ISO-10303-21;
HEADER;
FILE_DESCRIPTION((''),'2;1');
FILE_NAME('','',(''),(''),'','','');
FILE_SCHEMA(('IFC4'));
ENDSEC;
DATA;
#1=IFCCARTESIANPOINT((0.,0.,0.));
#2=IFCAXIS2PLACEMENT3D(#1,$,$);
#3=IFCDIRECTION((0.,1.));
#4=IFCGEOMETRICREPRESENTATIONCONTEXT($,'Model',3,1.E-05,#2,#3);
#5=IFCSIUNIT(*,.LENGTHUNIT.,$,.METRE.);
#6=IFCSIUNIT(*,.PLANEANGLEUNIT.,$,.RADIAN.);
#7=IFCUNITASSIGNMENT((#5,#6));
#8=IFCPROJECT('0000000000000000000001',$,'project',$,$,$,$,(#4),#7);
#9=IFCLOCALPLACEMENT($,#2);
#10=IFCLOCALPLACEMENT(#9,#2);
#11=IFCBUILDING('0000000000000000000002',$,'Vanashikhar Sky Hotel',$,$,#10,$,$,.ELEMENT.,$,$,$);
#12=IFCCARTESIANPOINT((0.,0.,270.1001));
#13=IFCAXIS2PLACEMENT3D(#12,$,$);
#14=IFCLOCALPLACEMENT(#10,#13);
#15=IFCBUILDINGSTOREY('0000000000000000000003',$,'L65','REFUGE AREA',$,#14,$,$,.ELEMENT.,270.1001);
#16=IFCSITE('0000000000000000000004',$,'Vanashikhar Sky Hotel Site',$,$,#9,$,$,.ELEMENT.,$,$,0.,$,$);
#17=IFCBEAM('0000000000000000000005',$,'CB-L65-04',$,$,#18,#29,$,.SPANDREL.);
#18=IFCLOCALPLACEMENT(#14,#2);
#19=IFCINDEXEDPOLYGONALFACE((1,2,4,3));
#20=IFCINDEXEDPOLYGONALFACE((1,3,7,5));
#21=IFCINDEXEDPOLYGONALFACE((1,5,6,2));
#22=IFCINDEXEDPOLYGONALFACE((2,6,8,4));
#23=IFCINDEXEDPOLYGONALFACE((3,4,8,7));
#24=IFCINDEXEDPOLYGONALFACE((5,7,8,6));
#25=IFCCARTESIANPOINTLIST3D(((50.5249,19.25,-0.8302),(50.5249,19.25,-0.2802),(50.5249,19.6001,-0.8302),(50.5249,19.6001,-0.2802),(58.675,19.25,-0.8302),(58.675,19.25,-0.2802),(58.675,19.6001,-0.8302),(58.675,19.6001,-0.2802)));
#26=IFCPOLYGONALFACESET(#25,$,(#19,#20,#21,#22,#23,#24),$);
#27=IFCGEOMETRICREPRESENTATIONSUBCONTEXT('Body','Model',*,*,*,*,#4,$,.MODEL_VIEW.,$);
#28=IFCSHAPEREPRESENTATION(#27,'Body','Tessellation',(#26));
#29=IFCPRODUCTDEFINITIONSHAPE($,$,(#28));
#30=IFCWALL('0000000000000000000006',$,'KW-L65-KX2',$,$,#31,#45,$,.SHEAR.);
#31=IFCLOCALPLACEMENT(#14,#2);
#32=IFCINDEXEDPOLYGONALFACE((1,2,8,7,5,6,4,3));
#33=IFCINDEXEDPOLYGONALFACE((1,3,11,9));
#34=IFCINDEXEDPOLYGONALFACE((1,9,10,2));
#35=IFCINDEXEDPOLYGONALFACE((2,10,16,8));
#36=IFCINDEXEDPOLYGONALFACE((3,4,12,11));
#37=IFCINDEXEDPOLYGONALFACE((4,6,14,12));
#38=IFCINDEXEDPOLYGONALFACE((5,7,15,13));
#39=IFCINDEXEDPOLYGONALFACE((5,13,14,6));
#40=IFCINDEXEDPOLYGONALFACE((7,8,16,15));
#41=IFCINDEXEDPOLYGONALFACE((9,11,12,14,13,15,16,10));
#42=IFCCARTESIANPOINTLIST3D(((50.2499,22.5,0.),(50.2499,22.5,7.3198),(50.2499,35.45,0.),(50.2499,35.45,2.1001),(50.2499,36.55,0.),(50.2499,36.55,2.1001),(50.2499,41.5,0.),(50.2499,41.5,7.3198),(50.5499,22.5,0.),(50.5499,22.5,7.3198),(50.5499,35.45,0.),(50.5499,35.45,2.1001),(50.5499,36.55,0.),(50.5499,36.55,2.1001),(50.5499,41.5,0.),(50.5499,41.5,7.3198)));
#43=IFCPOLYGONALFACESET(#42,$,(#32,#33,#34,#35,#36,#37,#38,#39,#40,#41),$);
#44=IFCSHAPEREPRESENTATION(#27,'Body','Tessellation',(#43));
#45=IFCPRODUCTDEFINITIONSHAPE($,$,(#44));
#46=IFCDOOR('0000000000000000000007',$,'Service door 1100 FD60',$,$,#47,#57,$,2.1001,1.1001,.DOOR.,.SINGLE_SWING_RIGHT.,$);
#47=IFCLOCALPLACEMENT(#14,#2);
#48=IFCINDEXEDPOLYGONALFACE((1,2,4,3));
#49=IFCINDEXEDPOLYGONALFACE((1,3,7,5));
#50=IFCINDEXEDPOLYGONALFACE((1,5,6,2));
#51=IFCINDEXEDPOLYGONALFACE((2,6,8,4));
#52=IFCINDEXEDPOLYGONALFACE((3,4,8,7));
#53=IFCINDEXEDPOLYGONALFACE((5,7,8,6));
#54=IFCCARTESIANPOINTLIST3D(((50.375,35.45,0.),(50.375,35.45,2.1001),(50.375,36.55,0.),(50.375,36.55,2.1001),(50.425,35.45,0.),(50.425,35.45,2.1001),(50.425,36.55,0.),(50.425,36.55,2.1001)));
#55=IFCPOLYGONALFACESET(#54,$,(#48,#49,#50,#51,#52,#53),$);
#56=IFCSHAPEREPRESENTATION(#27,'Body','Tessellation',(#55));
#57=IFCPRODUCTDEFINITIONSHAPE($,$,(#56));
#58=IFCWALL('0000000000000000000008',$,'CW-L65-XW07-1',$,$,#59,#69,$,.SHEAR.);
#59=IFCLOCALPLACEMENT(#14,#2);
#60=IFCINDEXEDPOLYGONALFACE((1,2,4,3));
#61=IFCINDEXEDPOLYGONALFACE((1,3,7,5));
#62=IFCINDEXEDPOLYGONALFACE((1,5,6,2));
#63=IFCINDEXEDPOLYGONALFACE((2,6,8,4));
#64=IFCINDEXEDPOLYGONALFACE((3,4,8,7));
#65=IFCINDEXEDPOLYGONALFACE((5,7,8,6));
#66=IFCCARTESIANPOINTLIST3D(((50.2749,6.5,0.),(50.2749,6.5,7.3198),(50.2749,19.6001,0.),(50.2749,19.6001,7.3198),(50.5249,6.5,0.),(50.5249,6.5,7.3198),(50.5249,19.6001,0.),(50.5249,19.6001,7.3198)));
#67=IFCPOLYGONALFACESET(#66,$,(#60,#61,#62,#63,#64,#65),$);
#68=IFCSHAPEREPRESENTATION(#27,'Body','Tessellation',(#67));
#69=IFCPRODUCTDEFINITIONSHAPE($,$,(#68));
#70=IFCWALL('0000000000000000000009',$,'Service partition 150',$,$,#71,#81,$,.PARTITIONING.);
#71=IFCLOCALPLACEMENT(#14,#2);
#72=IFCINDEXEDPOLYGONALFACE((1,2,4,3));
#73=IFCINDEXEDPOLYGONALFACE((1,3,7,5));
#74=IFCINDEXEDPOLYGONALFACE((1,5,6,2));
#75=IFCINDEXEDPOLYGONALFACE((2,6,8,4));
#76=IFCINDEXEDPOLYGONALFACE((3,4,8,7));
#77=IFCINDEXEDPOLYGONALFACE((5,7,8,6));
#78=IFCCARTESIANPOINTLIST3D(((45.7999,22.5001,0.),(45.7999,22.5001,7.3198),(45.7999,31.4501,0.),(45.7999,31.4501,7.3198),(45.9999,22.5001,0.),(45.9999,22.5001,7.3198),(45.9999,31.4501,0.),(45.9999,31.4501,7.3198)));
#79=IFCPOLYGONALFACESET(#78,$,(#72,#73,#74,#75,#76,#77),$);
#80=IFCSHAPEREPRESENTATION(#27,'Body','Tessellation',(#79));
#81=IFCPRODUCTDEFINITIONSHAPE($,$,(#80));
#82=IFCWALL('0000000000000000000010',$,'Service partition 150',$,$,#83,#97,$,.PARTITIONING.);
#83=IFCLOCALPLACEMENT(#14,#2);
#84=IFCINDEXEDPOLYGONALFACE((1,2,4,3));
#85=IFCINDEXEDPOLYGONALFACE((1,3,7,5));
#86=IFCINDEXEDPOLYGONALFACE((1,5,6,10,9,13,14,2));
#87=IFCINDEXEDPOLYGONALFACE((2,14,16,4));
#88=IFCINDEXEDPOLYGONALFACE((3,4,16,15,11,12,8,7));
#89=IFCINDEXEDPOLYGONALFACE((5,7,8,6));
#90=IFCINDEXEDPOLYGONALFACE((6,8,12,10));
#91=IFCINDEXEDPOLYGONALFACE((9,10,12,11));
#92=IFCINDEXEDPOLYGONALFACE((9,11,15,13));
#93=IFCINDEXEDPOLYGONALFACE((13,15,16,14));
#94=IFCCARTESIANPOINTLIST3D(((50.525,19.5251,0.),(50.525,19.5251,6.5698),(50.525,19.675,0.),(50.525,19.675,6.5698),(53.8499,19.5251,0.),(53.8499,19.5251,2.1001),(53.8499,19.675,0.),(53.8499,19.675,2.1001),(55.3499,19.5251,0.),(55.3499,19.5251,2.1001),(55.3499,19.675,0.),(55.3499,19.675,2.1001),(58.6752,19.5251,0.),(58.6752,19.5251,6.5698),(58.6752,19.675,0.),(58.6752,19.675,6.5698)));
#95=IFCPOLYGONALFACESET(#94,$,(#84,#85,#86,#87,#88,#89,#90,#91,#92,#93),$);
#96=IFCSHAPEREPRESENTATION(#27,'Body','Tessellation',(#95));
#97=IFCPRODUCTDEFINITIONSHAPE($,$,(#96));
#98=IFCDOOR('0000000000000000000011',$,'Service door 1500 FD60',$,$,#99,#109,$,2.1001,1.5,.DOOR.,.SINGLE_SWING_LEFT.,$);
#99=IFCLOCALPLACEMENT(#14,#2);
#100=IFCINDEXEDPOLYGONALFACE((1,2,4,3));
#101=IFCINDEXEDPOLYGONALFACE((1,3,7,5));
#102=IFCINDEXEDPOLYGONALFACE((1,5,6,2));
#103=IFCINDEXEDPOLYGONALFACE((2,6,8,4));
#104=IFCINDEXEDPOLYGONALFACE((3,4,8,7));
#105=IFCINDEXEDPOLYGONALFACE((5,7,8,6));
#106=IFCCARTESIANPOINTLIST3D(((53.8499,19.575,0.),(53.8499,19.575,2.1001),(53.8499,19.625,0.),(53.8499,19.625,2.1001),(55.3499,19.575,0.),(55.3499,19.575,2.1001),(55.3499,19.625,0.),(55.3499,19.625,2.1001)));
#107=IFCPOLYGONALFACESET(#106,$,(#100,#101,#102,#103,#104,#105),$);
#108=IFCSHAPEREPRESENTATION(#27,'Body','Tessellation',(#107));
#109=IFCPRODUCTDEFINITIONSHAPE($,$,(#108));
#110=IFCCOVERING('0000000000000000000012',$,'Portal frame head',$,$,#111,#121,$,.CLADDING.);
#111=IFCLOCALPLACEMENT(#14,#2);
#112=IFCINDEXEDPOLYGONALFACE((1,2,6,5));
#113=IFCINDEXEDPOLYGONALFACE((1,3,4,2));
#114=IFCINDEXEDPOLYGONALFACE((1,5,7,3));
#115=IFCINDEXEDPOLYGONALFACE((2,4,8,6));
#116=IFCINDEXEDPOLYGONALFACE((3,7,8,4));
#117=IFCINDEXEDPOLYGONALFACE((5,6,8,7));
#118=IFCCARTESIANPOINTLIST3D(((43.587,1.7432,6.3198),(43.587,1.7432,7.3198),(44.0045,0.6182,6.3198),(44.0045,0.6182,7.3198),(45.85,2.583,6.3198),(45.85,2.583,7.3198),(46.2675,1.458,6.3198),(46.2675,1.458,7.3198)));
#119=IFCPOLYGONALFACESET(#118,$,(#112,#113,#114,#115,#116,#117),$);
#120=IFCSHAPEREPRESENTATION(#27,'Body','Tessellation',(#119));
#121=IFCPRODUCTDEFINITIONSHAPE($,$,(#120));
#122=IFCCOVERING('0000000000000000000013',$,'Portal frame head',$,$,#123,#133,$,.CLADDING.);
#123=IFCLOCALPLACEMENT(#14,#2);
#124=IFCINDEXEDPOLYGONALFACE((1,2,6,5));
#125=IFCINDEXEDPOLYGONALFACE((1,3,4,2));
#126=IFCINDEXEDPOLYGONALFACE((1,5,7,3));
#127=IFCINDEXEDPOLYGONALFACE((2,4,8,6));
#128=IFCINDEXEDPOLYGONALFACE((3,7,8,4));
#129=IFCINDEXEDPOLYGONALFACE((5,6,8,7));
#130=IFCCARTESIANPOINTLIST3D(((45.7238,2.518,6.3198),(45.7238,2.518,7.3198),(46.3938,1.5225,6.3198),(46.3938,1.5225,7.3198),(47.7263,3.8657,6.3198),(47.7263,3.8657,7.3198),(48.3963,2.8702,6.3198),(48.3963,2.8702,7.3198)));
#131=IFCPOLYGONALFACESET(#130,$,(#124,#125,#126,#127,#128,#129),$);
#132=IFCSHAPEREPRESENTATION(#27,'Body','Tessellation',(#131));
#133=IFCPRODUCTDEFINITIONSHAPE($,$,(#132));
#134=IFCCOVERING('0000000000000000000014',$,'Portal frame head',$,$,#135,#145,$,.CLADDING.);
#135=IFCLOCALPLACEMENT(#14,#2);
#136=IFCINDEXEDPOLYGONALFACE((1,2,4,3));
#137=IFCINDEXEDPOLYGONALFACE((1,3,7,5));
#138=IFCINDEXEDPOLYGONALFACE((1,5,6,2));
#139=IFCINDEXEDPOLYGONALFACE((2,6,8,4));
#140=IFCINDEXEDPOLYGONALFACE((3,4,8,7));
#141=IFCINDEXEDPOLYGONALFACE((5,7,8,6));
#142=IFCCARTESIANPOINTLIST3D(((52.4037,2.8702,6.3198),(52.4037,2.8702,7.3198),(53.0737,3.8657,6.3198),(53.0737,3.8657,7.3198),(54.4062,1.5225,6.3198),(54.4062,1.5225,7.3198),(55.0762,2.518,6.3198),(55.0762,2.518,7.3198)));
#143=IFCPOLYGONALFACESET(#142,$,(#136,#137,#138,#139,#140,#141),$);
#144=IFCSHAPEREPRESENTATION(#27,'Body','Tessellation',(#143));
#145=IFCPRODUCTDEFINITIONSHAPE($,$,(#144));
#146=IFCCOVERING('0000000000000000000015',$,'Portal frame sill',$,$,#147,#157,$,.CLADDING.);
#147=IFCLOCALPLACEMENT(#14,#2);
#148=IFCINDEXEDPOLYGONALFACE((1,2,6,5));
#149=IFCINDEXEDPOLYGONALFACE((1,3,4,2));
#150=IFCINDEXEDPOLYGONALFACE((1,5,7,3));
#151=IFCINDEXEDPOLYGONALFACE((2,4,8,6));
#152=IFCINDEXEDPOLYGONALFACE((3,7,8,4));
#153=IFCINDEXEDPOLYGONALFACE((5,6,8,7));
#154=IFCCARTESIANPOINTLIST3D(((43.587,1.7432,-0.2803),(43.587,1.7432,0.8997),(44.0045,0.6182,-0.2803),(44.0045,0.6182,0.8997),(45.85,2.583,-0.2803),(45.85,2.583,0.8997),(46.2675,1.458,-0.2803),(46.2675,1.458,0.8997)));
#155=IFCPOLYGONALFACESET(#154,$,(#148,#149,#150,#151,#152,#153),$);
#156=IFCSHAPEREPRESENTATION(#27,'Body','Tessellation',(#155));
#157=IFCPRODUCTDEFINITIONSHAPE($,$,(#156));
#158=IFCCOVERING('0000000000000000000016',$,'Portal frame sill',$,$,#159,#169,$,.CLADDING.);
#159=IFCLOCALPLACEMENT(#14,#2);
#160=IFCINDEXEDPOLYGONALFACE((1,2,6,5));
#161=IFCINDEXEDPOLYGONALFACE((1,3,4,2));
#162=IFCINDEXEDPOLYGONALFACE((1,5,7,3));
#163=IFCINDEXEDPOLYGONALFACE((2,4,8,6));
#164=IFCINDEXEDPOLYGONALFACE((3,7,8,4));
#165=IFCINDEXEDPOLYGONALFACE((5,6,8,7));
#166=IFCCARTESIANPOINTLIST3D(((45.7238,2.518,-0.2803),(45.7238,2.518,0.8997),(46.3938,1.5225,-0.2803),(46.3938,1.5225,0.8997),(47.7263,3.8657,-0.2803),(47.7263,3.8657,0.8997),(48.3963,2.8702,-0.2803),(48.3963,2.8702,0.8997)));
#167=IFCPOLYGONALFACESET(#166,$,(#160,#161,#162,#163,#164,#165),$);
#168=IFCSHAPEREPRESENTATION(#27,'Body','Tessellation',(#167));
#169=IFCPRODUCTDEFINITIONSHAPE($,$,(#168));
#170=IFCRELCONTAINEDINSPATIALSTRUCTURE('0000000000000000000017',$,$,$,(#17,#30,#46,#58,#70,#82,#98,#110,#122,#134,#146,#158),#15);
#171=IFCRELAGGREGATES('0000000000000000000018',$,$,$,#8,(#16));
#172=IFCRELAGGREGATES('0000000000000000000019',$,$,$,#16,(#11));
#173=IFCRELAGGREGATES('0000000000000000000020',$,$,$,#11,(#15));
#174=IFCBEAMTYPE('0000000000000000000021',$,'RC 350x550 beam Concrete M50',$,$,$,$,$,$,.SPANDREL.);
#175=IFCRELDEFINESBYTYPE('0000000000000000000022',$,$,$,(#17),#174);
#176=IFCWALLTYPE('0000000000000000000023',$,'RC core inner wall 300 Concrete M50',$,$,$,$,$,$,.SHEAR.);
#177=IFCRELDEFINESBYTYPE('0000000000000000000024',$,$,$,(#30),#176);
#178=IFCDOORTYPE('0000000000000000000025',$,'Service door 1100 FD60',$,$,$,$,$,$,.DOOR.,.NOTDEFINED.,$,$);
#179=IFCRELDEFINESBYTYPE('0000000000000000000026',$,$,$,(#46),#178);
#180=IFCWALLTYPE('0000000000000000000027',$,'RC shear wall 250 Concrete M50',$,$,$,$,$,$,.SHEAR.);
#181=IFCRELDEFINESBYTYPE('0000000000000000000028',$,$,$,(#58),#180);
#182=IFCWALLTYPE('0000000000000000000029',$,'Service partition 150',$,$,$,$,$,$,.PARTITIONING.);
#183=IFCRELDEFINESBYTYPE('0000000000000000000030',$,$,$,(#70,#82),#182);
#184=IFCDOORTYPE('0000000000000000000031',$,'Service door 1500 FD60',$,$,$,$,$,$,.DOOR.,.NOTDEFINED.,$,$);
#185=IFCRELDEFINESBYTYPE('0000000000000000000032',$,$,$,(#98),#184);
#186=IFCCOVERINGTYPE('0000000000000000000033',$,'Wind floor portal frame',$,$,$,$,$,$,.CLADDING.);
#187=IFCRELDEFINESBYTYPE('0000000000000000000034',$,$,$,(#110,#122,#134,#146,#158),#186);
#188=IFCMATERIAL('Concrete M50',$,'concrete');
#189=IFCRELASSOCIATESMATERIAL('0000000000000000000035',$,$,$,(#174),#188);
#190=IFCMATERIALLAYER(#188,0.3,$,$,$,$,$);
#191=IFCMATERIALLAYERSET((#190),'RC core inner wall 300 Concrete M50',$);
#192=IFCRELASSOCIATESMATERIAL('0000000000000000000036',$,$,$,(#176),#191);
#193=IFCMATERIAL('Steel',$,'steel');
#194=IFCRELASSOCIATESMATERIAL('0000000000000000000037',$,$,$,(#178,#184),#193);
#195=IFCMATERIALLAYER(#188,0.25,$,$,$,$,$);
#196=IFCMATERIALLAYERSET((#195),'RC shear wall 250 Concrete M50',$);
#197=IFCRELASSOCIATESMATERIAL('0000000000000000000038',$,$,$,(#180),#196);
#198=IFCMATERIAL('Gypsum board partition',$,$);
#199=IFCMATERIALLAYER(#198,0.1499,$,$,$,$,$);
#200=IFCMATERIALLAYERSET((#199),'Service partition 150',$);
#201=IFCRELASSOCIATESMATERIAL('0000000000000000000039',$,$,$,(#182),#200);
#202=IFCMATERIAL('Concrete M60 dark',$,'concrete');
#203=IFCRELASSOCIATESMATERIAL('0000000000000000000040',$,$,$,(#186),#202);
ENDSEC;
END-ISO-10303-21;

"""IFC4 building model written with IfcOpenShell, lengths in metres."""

from ifc_helpers import new_model, si_unit, direction, frame, frame_2d, origin, origin_2d, place, context, subcontext, project, spatial, rectangle, extrude, source, transform, mapped, material, layer, layer_set, material_profile, profile_set, type_object, element, fill, save


model = new_model("IFC4")

# Units and contexts
model_context = context("Model", 3, precision=1e-05, world=origin(), true_north=direction((0.0, 1.0)))
body_context = subcontext(model_context, "Body", "Model", "MODEL_VIEW")
ifc_project = project(units=[si_unit("LENGTHUNIT", "METRE"), si_unit("PLANEANGLEUNIT", "RADIAN")], contexts=[model_context])

# Site, building, storey
site_placement = place(None, origin())
site = spatial("IfcSite", under=ifc_project, at=site_placement, Name="Vanashikhar Sky Hotel Site", CompositionType="ELEMENT", RefElevation=0.0)
building_placement = place(site_placement, origin())
building = spatial("IfcBuilding", under=site, at=building_placement, Name="Vanashikhar Sky Hotel", CompositionType="ELEMENT")
storey_placement = place(building_placement, frame((0.0, 0.0, 270.1001)))
storey = spatial("IfcBuildingStorey", under=building, at=storey_placement, Name="L65", Description="REFUGE AREA", CompositionType="ELEMENT", Elevation=270.1001)

# Beam
ifc_material_1 = material(Name="Concrete M50", Category="concrete")
ifc_material_profile = material_profile(ifc_material_1, rectangle(XDim=0.3501, YDim=0.55, at=origin_2d()))
ifc_profile_set = profile_set([ifc_material_profile], Name="RC 350x550 beam Concrete M50")
beam_type = type_object("IfcBeamType", Name="RC 350x550 beam Concrete M50", PredefinedType="SPANDREL", material=ifc_profile_set)
shared_shape_1 = source(origin(), body_context, "Body", "SweptSolid", [
    extrude(rectangle(XDim=0.3501, YDim=0.55, at=origin_2d()), origin(), (0.0, 0.0, 1.0), 8.1501),
])
beam_placement = place(storey_placement, frame((50.5249, 19.425, -0.5552), z_axis=(1.0, 0.0, 0.0), x_axis=(0.0, 1.0, 0.0)))
element("IfcBeam", 1, at=beam_placement, inside=storey, type_object=beam_type, Name="CB-L65-04", PredefinedType="SPANDREL", context=body_context, shape_type="MappedRepresentation", body=[
    mapped(shared_shape_1, transform((0.0, 0.0, 0.0), scale=1.0)),
])

# Wall, opening, door
ifc_layer_1 = layer(ifc_material_1, 0.3)
ifc_layer_set_1 = layer_set([ifc_layer_1], Name="RC core inner wall 300 Concrete M50")
wall_type_1 = type_object("IfcWallType", Name="RC core inner wall 300 Concrete M50", PredefinedType="SHEAR", material=ifc_layer_set_1)
shared_shape_2 = source(origin(), body_context, "Body", "SweptSolid", [
    extrude(rectangle(XDim=19.0, YDim=0.3, at=frame_2d((9.5, 0.0))), origin(), (0.0, 0.0, 1.0), 7.3198),
])
wall_1_placement = place(storey_placement, frame((50.3999, 22.5, 0.0), z_axis=(0.0, 0.0, 1.0), x_axis=(0.0, 1.0, 0.0)))
wall_1 = element("IfcWall", 2, at=wall_1_placement, inside=storey, type_object=wall_type_1, Name="KW-L65-KX2", PredefinedType="SHEAR", context=body_context, shape_type="MappedRepresentation", body=[
    mapped(shared_shape_2, transform((0.0, 0.0, 0.0), scale=1.0)),
])
shared_shape_3 = source(origin(), body_context, "Body", "SweptSolid", [
    extrude(rectangle(XDim=1.1001, YDim=2.1001, at=frame_2d((0.55, 1.05))), frame((0.0, 0.1602, 0.0), z_axis=(0.0, -1.0, 0.0), x_axis=(1.0, 0.0, 0.0)), (0.0, 0.0, 1.0), 0.3201),
])
opening_1_placement = place(wall_1_placement, frame((12.95, 0.0, 0.0)))
opening_1 = element("IfcOpeningElement", 3, at=opening_1_placement, cuts=wall_1, PredefinedType="OPENING", context=body_context, shape_type="MappedRepresentation", body=[
    mapped(shared_shape_3, transform((0.0, 0.0, 0.0), scale=1.0)),
])
ifc_material_2 = material(Name="Steel", Category="steel")
door_type_1 = type_object("IfcDoorType", Name="Service door 1100 FD60", OperationType="NOTDEFINED", PredefinedType="DOOR", material=ifc_material_2)
shared_shape_4 = source(origin(), body_context, "Body", "SweptSolid", [
    extrude(rectangle(XDim=1.1001, YDim=2.1001, at=frame_2d((0.55, 1.05))), frame((0.0, 0.0249, 0.0), z_axis=(0.0, -1.0, 0.0), x_axis=(1.0, 0.0, 0.0)), (0.0, 0.0, 1.0), 0.05),
])
door_1_placement = place(opening_1_placement, origin())
door_1 = element("IfcDoor", 4, at=door_1_placement, inside=storey, type_object=door_type_1, Name="Service door 1100 FD60", OperationType="SINGLE_SWING_RIGHT", OverallHeight=2.1001, OverallWidth=1.1001, PredefinedType="DOOR", context=body_context, shape_type="MappedRepresentation", body=[
    mapped(shared_shape_4, transform((0.0, 0.0, 0.0), scale=1.0)),
])
fill(opening_1, door_1)

# Walls
ifc_layer_2 = layer(ifc_material_1, 0.25)
ifc_layer_set_2 = layer_set([ifc_layer_2], Name="RC shear wall 250 Concrete M50")
wall_type_2 = type_object("IfcWallType", Name="RC shear wall 250 Concrete M50", PredefinedType="SHEAR", material=ifc_layer_set_2)
shared_shape_5 = source(origin(), body_context, "Body", "SweptSolid", [
    extrude(rectangle(XDim=13.1001, YDim=0.25, at=frame_2d((6.55, 0.0))), origin(), (0.0, 0.0, 1.0), 7.3198),
])
wall_2_placement = place(storey_placement, frame((50.3999, 6.5, 0.0), z_axis=(0.0, 0.0, 1.0), x_axis=(0.0, 1.0, 0.0)))
element("IfcWall", 5, at=wall_2_placement, inside=storey, type_object=wall_type_2, Name="CW-L65-XW07-1", PredefinedType="SHEAR", context=body_context, shape_type="MappedRepresentation", body=[
    mapped(shared_shape_5, transform((0.0, 0.0, 0.0), scale=1.0)),
])
ifc_material_3 = material(Name="Gypsum board partition")
ifc_layer_3 = layer(ifc_material_3, 0.1499)
ifc_layer_set_3 = layer_set([ifc_layer_3], Name="Service partition 150")
wall_type_3 = type_object("IfcWallType", Name="Service partition 150", PredefinedType="PARTITIONING", material=ifc_layer_set_3)
shared_shape_6 = source(origin(), body_context, "Body", "SweptSolid", [
    extrude(rectangle(XDim=8.95, YDim=0.2, at=frame_2d((4.4751, 0.0))), origin(), (0.0, 0.0, 1.0), 7.3198),
])
wall_3_placement = place(storey_placement, frame((45.8999, 22.5, 0.0), z_axis=(0.0, 0.0, 1.0), x_axis=(0.0, 1.0, 0.0)))
element("IfcWall", 6, at=wall_3_placement, inside=storey, type_object=wall_type_3, Name="Service partition 150", PredefinedType="PARTITIONING", context=body_context, shape_type="MappedRepresentation", body=[
    mapped(shared_shape_6, transform((0.0, 0.0, 0.0), scale=1.0)),
])

# Wall, opening, door
shared_shape_7 = source(origin(), body_context, "Body", "SweptSolid", [
    extrude(rectangle(XDim=8.1501, YDim=0.1499, at=frame_2d((4.0752, 0.0))), origin(), (0.0, 0.0, 1.0), 6.5698),
])
wall_4_placement = place(storey_placement, frame((50.5249, 19.6001, 0.0), z_axis=(0.0, 0.0, 1.0), x_axis=(1.0, 0.0, 0.0)))
wall_4 = element("IfcWall", 7, at=wall_4_placement, inside=storey, type_object=wall_type_3, Name="Service partition 150", PredefinedType="PARTITIONING", context=body_context, shape_type="MappedRepresentation", body=[
    mapped(shared_shape_7, transform((0.0, 0.0, 0.0), scale=1.0)),
])
shared_shape_8 = source(origin(), body_context, "Body", "SweptSolid", [
    extrude(rectangle(XDim=1.5, YDim=2.1001, at=frame_2d((0.75, 1.05))), frame((0.0, 0.085, 0.0), z_axis=(0.0, -1.0, 0.0), x_axis=(1.0, 0.0, 0.0)), (0.0, 0.0, 1.0), 0.1699),
])
opening_2_placement = place(wall_4_placement, frame((3.325, 0.0, 0.0)))
opening_2 = element("IfcOpeningElement", 8, at=opening_2_placement, cuts=wall_4, PredefinedType="OPENING", context=body_context, shape_type="MappedRepresentation", body=[
    mapped(shared_shape_8, transform((0.0, 0.0, 0.0), scale=1.0)),
])
door_type_2 = type_object("IfcDoorType", Name="Service door 1500 FD60", OperationType="NOTDEFINED", PredefinedType="DOOR", material=ifc_material_2)
shared_shape_9 = source(origin(), body_context, "Body", "SweptSolid", [
    extrude(rectangle(XDim=1.5, YDim=2.1001, at=frame_2d((0.75, 1.05))), frame((0.0, 0.0249, 0.0), z_axis=(0.0, -1.0, 0.0), x_axis=(1.0, 0.0, 0.0)), (0.0, 0.0, 1.0), 0.05),
])
door_2_placement = place(opening_2_placement, origin())
door_2 = element("IfcDoor", 9, at=door_2_placement, inside=storey, type_object=door_type_2, Name="Service door 1500 FD60", OperationType="SINGLE_SWING_LEFT", OverallHeight=2.1001, OverallWidth=1.5, PredefinedType="DOOR", context=body_context, shape_type="MappedRepresentation", body=[
    mapped(shared_shape_9, transform((0.0, 0.0, 0.0), scale=1.0)),
])
fill(opening_2, door_2)

# Coverings
ifc_material_4 = material(Name="Concrete M60 dark", Category="concrete")
covering_type = type_object("IfcCoveringType", Name="Wind floor portal frame", PredefinedType="CLADDING", material=ifc_material_4)
shared_shape_10 = source(origin(), body_context, "Body", "SweptSolid", [
    extrude(rectangle(XDim=2.4138, YDim=1.2, at=origin_2d()), origin(), (0.0, 0.0, 1.0), 1.0),
])
for number, where, z_axis, x_axis, name in (
    (10, (44.9272, 1.6006, 6.3198), (0.0, 0.0, 1.0), (0.937531, 0.347901, 0.0), "Portal frame head"),
    (11, (47.0601, 2.6941, 6.3198), (0.0, 0.0, 1.0), (0.829603, 0.558353, 0.0), "Portal frame head"),
    (12, (53.74, 2.6941, 6.3198), (0.0, 0.0, 1.0), (0.829603, -0.558353, 0.0), "Portal frame head"),
):
    element("IfcCovering", number, at=place(storey_placement, frame(where, z_axis=z_axis, x_axis=x_axis)), inside=storey, type_object=covering_type, Name=name, PredefinedType="CLADDING", context=body_context, shape_type="MappedRepresentation", body=[
        mapped(shared_shape_10, transform((0.0, 0.0, 0.0), scale=1.0)),
    ])
shared_shape_11 = source(origin(), body_context, "Body", "SweptSolid", [
    extrude(rectangle(XDim=2.4138, YDim=1.2, at=origin_2d()), origin(), (0.0, 0.0, 1.0), 1.1799),
])
for number, where, z_axis, x_axis, name in (
    (13, (44.9272, 1.6006, -0.2803), (0.0, 0.0, 1.0), (0.937531, 0.347901, 0.0), "Portal frame sill"),
    (14, (47.0601, 2.6941, -0.2803), (0.0, 0.0, 1.0), (0.829603, 0.558353, 0.0), "Portal frame sill"),
):
    element("IfcCovering", number, at=place(storey_placement, frame(where, z_axis=z_axis, x_axis=x_axis)), inside=storey, type_object=covering_type, Name=name, PredefinedType="CLADDING", context=body_context, shape_type="MappedRepresentation", body=[
        mapped(shared_shape_11, transform((0.0, 0.0, 0.0), scale=1.0)),
    ])

save(model, "model.ifc")
